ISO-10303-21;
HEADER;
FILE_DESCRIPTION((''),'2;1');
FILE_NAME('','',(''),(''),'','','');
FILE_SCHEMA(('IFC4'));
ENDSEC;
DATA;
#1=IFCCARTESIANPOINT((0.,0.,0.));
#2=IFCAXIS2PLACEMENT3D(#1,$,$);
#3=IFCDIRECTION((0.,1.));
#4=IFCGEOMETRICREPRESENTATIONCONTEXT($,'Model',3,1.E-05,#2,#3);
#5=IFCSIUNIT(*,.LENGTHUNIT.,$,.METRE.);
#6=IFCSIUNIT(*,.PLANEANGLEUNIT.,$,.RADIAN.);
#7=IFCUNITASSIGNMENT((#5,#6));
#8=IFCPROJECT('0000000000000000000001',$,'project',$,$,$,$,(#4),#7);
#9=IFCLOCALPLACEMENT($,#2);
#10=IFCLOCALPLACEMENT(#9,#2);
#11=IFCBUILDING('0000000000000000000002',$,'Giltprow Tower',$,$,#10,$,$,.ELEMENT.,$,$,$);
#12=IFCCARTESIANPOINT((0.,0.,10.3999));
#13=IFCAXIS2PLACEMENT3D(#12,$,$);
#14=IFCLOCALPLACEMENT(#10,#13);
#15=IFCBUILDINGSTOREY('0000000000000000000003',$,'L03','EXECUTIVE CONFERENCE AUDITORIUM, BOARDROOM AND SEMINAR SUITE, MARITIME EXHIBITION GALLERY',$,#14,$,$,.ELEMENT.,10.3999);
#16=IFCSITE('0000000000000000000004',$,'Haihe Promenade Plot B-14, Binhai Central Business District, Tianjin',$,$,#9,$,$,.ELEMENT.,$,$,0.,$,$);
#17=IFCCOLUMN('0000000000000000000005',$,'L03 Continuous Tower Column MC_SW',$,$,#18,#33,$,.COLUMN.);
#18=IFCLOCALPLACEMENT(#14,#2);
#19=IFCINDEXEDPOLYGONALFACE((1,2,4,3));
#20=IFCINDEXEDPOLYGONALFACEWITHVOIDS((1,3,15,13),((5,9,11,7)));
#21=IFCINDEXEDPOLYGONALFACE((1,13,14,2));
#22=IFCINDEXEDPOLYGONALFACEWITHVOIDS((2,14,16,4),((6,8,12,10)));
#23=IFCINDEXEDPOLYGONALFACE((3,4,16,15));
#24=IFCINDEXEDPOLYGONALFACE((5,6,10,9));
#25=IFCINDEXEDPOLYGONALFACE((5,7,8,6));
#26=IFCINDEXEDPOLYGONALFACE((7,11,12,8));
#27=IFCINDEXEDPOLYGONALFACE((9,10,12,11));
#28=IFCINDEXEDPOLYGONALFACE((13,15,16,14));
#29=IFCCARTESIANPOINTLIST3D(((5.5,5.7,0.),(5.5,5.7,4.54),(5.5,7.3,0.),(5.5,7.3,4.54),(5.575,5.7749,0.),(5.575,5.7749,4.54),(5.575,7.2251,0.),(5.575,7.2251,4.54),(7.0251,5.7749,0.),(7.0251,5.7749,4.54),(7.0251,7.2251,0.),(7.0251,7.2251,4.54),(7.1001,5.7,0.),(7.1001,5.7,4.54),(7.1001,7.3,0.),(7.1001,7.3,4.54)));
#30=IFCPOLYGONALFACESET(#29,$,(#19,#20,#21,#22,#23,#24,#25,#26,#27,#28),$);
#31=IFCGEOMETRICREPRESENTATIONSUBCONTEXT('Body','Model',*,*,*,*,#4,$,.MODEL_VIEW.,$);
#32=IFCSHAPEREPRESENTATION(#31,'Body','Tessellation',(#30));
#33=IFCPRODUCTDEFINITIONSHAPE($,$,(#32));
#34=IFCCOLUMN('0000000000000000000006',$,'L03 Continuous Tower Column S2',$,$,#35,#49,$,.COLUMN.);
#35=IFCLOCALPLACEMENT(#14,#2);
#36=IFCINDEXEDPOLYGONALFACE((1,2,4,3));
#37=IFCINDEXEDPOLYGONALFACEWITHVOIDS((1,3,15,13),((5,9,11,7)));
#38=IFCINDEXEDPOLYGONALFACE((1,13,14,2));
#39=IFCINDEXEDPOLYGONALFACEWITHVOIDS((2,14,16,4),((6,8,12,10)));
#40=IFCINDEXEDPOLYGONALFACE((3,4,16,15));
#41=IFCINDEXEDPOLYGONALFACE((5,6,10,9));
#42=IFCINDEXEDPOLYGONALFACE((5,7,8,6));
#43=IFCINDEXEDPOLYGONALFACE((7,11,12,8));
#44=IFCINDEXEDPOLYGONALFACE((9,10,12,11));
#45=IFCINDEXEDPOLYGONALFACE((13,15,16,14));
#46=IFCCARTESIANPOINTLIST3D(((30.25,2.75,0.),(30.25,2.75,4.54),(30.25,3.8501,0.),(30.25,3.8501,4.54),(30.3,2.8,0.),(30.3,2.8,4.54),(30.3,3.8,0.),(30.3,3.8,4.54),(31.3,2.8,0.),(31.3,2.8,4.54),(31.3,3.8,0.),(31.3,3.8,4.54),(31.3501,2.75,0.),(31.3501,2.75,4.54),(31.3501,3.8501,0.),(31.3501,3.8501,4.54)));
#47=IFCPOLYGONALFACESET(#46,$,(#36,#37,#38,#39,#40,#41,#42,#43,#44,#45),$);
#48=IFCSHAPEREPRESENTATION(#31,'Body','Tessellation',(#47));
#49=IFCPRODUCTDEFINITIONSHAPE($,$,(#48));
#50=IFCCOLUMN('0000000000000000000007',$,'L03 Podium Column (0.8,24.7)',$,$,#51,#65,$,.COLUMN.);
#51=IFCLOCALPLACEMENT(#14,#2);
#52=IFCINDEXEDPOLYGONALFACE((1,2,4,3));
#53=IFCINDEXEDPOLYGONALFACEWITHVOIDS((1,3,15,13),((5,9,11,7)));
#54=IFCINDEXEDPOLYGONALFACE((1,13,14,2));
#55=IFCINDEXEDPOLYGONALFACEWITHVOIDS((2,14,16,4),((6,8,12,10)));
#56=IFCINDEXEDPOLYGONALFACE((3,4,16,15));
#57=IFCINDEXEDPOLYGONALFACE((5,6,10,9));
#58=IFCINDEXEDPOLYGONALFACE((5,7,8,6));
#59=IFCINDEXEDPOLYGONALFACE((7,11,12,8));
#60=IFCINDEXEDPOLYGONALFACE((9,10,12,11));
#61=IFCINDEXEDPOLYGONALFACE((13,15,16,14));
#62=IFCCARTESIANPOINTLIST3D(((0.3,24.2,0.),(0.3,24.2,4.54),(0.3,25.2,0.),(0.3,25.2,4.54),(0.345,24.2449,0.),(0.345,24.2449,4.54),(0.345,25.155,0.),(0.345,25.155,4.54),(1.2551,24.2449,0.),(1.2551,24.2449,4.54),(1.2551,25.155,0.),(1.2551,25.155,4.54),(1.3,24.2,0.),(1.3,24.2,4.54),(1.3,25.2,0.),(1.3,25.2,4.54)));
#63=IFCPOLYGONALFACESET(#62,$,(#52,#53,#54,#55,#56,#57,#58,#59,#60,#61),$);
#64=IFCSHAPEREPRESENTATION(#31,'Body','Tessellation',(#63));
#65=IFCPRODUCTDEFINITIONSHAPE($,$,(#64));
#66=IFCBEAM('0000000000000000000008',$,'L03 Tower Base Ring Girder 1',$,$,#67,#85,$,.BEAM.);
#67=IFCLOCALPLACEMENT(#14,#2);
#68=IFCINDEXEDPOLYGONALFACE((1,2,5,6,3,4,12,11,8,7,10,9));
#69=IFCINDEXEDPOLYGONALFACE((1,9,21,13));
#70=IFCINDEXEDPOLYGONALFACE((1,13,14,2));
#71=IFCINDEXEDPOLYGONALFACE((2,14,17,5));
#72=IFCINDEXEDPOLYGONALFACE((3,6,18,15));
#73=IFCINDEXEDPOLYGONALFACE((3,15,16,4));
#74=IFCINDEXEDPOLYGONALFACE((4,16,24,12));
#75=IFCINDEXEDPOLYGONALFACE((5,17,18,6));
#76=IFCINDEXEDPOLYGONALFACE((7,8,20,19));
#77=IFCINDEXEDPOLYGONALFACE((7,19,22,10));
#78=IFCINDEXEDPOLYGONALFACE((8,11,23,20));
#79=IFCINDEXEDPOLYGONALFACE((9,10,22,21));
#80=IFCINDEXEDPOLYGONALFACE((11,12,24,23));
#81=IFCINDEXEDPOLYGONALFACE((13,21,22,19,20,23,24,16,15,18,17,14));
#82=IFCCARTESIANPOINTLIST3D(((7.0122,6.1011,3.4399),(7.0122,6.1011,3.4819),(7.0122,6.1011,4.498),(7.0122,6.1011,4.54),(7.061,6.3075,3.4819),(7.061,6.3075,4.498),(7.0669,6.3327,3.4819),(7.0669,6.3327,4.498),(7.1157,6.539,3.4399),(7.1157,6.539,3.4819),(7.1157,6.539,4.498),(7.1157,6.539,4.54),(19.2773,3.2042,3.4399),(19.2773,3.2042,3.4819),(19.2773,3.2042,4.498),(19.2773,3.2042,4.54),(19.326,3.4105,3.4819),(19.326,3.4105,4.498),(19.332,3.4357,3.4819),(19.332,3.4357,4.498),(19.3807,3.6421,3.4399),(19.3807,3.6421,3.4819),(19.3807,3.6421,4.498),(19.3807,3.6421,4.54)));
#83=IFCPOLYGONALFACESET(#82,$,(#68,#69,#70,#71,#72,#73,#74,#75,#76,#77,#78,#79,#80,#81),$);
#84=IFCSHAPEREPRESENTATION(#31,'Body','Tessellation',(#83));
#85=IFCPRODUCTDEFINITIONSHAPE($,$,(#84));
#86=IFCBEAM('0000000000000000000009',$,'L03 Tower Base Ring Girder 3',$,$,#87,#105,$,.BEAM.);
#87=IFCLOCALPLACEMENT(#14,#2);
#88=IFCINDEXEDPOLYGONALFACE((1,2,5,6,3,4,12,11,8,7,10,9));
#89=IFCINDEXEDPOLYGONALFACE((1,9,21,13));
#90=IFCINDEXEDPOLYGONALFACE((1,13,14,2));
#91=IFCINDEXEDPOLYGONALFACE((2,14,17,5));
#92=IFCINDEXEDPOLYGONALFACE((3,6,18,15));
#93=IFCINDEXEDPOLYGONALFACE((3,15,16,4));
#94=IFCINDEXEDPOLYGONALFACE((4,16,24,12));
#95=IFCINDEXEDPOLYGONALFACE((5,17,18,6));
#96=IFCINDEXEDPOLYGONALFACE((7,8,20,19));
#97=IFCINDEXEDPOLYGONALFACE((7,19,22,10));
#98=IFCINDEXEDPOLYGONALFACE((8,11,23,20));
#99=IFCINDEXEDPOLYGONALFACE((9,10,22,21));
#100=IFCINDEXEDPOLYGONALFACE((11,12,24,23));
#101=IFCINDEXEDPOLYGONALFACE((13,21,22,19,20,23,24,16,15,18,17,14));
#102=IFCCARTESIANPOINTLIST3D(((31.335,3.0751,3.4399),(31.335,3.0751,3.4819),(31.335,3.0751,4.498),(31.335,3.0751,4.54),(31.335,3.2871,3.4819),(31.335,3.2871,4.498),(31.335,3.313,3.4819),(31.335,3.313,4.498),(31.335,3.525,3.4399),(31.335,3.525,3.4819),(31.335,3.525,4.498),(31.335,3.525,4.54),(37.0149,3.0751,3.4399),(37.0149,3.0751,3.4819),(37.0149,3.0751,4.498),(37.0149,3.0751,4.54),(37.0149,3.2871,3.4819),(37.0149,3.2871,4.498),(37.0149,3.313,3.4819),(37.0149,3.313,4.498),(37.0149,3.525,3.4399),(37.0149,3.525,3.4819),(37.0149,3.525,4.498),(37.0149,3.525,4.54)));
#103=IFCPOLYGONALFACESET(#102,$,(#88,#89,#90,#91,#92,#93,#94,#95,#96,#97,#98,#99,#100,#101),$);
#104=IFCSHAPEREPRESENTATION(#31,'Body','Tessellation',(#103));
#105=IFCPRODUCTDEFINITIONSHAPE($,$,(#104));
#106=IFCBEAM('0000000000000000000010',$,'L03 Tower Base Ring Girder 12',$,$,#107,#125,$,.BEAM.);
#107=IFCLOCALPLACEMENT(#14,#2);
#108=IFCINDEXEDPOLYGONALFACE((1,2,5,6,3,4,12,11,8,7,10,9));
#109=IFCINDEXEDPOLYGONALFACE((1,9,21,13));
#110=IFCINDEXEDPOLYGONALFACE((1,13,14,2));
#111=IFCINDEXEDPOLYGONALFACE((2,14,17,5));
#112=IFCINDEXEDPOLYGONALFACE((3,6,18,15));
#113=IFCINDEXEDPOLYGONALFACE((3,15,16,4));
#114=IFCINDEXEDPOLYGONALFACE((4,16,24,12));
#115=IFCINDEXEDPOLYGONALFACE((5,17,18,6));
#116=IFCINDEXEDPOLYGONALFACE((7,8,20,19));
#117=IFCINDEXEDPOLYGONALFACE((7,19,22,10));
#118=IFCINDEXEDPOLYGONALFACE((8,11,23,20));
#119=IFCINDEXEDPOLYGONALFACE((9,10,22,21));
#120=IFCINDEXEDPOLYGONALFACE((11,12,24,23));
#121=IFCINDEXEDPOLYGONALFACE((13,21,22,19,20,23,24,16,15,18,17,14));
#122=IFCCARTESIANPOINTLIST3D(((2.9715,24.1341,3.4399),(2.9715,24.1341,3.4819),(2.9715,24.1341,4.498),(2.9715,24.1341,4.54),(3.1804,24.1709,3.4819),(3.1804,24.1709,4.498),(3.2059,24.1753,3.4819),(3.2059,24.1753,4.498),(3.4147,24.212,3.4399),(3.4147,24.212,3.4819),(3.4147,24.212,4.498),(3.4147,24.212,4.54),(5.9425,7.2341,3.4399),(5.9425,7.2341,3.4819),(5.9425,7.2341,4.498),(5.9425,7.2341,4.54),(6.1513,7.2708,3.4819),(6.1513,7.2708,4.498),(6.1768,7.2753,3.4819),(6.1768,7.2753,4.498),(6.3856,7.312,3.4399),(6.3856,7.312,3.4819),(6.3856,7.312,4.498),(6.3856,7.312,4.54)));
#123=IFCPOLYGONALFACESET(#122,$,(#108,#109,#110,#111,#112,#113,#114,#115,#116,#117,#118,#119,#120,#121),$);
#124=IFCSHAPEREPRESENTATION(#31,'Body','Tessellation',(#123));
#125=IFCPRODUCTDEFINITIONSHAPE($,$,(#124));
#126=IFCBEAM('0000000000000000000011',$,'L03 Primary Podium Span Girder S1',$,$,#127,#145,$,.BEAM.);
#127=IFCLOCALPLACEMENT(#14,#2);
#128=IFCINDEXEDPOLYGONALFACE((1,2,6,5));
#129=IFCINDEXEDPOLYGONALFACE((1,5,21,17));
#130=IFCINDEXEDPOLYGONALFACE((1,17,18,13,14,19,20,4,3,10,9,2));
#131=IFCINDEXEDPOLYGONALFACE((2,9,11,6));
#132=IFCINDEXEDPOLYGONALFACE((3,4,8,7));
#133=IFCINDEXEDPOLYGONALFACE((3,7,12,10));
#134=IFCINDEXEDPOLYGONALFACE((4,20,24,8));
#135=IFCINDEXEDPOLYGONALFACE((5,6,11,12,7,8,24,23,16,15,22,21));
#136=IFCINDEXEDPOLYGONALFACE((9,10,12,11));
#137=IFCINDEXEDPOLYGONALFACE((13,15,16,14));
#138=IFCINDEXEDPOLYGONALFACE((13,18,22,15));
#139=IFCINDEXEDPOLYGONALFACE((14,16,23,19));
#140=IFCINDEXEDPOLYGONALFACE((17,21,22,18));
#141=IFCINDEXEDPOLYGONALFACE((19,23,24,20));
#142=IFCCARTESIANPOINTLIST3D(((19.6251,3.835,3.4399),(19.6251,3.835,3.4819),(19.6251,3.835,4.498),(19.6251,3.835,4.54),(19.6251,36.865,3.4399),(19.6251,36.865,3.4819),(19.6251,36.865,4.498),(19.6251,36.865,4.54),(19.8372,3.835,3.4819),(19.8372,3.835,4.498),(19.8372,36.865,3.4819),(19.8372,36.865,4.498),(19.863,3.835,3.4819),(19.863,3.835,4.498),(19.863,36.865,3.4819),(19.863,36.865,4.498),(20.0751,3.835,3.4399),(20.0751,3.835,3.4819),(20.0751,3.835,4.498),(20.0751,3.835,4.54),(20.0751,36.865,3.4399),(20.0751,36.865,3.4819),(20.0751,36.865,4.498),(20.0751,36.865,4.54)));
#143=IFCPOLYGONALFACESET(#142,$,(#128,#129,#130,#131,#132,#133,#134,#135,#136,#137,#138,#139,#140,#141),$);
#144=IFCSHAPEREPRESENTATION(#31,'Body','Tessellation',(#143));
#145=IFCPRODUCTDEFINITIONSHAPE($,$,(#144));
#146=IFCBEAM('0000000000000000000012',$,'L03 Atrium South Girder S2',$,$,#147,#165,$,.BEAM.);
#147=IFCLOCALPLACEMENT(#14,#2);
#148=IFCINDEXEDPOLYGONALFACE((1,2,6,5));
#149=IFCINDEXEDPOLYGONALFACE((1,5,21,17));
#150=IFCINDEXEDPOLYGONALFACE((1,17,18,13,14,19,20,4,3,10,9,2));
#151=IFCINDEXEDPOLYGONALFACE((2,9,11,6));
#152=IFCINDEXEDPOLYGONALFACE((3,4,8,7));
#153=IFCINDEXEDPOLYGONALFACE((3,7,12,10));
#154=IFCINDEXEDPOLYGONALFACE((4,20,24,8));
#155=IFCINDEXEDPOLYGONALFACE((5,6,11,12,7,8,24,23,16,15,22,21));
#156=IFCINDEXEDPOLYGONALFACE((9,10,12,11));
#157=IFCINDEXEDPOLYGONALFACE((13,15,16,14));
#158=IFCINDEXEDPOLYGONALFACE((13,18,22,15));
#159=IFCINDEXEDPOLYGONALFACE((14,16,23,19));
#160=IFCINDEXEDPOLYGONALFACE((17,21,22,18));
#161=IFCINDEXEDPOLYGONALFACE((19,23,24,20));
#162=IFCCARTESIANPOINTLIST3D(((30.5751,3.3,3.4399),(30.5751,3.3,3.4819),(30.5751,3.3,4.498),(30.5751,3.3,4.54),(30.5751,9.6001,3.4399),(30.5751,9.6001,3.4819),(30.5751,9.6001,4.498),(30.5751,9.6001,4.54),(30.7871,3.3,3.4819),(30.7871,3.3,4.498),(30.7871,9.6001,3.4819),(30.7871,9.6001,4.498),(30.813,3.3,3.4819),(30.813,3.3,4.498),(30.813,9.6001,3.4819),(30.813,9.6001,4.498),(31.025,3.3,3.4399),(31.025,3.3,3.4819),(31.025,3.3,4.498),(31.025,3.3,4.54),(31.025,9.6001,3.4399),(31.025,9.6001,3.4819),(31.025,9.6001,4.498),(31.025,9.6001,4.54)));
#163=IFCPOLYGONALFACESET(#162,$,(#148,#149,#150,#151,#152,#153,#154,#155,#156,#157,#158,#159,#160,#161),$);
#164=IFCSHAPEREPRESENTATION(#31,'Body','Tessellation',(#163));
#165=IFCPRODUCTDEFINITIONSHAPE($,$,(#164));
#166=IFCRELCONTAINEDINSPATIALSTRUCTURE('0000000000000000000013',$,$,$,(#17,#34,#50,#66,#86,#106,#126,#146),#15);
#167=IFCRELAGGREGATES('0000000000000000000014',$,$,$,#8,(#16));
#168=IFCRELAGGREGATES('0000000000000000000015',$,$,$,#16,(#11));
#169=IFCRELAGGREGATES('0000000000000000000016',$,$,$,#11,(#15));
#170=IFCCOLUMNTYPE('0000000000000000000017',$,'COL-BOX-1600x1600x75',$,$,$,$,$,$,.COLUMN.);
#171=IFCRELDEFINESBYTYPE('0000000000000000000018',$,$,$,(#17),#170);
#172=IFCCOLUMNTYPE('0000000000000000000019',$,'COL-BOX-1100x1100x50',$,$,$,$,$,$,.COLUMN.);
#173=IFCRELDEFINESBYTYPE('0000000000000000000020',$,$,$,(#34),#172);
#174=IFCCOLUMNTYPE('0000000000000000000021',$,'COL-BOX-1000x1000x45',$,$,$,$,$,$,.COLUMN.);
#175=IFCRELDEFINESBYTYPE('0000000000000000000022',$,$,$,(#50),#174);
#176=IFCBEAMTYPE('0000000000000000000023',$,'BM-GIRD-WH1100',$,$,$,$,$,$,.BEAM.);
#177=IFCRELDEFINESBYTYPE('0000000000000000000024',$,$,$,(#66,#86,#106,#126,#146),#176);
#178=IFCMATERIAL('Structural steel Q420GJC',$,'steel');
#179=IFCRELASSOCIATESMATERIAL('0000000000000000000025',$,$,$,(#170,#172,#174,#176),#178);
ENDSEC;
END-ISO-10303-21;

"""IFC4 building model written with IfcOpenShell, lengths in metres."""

from ifc_helpers import new_model, si_unit, direction, frame, origin, origin_2d, place, context, subcontext, project, spatial, hollow_rectangle, i_section, extrude, source, transform, mapped, material, material_profile, profile_set, type_object, element, save


model = new_model("IFC4")

# Units and contexts
model_context = context("Model", 3, precision=1e-05, world=origin(), true_north=direction((0.0, 1.0)))
body_context = subcontext(model_context, "Body", "Model", "MODEL_VIEW")
ifc_project = project(units=[si_unit("LENGTHUNIT", "METRE"), si_unit("PLANEANGLEUNIT", "RADIAN")], contexts=[model_context])

# Site, building, storey
site_placement = place(None, origin())
site = spatial("IfcSite", under=ifc_project, at=site_placement, Name="Haihe Promenade Plot B-14, Binhai Central Business District, Tianjin", CompositionType="ELEMENT", RefElevation=0.0)
building_placement = place(site_placement, origin())
building = spatial("IfcBuilding", under=site, at=building_placement, Name="Giltprow Tower", CompositionType="ELEMENT")
storey_placement = place(building_placement, frame((0.0, 0.0, 10.3999)))
storey = spatial("IfcBuildingStorey", under=building, at=storey_placement, Name="L03", Description="EXECUTIVE CONFERENCE AUDITORIUM, BOARDROOM AND SEMINAR SUITE, MARITIME EXHIBITION GALLERY", CompositionType="ELEMENT", Elevation=10.3999)

# Columns
ifc_material_1 = material(Name="Structural steel Q420GJC", Category="steel")
ifc_material_profile_1 = material_profile(ifc_material_1, hollow_rectangle(XDim=1.6001, YDim=1.6001, WallThickness=0.075, at=origin_2d()), Name="BOX 1600x1600x75")
ifc_profile_set_1 = profile_set([ifc_material_profile_1], Name="Structural steel Q420GJC")
column_type_1 = type_object("IfcColumnType", Name="COL-BOX-1600x1600x75", PredefinedType="COLUMN", material=ifc_profile_set_1)
shared_shape_1 = source(origin(), body_context, "Body", "SweptSolid", [
    extrude(hollow_rectangle(XDim=1.6001, YDim=1.6001, WallThickness=0.075, at=origin_2d()), origin(), (0.0, 0.0, 1.0), 4.54),
])
column_1_placement = place(storey_placement, frame((6.3, 6.5, 0.0), z_axis=(0.0, 0.0, 1.0), x_axis=(1.0, 0.0, 0.0)))
element("IfcColumn", 1, at=column_1_placement, inside=storey, type_object=column_type_1, Name="L03 Continuous Tower Column MC_SW", PredefinedType="COLUMN", context=body_context, shape_type="MappedRepresentation", body=[
    mapped(shared_shape_1, transform((0.0, 0.0, 0.0), x_axis=(1.0, 0.0, 0.0), y_axis=(0.0, 1.0, 0.0), z_axis=(0.0, 0.0, 1.0), scale=1.0)),
])
ifc_material_profile_2 = material_profile(ifc_material_1, hollow_rectangle(XDim=1.1001, YDim=1.1001, WallThickness=0.05, at=origin_2d()), Name="BOX 1100x1100x50")
ifc_profile_set_2 = profile_set([ifc_material_profile_2], Name="Structural steel Q420GJC")
column_type_2 = type_object("IfcColumnType", Name="COL-BOX-1100x1100x50", PredefinedType="COLUMN", material=ifc_profile_set_2)
shared_shape_2 = source(origin(), body_context, "Body", "SweptSolid", [
    extrude(hollow_rectangle(XDim=1.1001, YDim=1.1001, WallThickness=0.05, at=origin_2d()), origin(), (0.0, 0.0, 1.0), 4.54),
])
column_2_placement = place(storey_placement, frame((30.8, 3.3, 0.0), z_axis=(0.0, 0.0, 1.0), x_axis=(1.0, 0.0, 0.0)))
element("IfcColumn", 2, at=column_2_placement, inside=storey, type_object=column_type_2, Name="L03 Continuous Tower Column S2", PredefinedType="COLUMN", context=body_context, shape_type="MappedRepresentation", body=[
    mapped(shared_shape_2, transform((0.0, 0.0, 0.0), x_axis=(1.0, 0.0, 0.0), y_axis=(0.0, 1.0, 0.0), z_axis=(0.0, 0.0, 1.0), scale=1.0)),
])
ifc_material_profile_3 = material_profile(ifc_material_1, hollow_rectangle(XDim=1.0, YDim=1.0, WallThickness=0.0449, at=origin_2d()), Name="BOX 1000x1000x45")
ifc_profile_set_3 = profile_set([ifc_material_profile_3], Name="Structural steel Q420GJC")
column_type_3 = type_object("IfcColumnType", Name="COL-BOX-1000x1000x45", PredefinedType="COLUMN", material=ifc_profile_set_3)
shared_shape_3 = source(origin(), body_context, "Body", "SweptSolid", [
    extrude(hollow_rectangle(XDim=1.0, YDim=1.0, WallThickness=0.0449, at=origin_2d()), origin(), (0.0, 0.0, 1.0), 4.54),
])
column_3_placement = place(storey_placement, frame((0.8, 24.7, 0.0), z_axis=(0.0, 0.0, 1.0), x_axis=(1.0, 0.0, 0.0)))
element("IfcColumn", 3, at=column_3_placement, inside=storey, type_object=column_type_3, Name="L03 Podium Column (0.8,24.7)", PredefinedType="COLUMN", context=body_context, shape_type="MappedRepresentation", body=[
    mapped(shared_shape_3, transform((0.0, 0.0, 0.0), x_axis=(1.0, 0.0, 0.0), y_axis=(0.0, 1.0, 0.0), z_axis=(0.0, 0.0, 1.0), scale=1.0)),
])

# Beams
ifc_material_profile_4 = material_profile(ifc_material_1, i_section(OverallWidth=0.45, OverallDepth=1.1001, WebThickness=0.0259, FlangeThickness=0.042, at=origin_2d()), Name="WH 1100x450x26x42")
ifc_profile_set_4 = profile_set([ifc_material_profile_4], Name="Structural steel Q420GJC")
beam_type_1 = type_object("IfcBeamType", Name="BM-GIRD-WH1100", PredefinedType="BEAM", material=ifc_profile_set_4)
shared_shape_4 = source(origin(), body_context, "Body", "SweptSolid", [
    extrude(i_section(OverallWidth=0.45, OverallDepth=1.1001, WebThickness=0.0259, FlangeThickness=0.042, at=origin_2d()), origin(), (0.0, 0.0, 1.0), 12.6025),
])
beam_1_placement = place(storey_placement, frame((7.064, 6.3201, 3.99), z_axis=(0.973221, -0.229871, 0.0), x_axis=(0.229871, 0.973221, 0.0)))
element("IfcBeam", 4, at=beam_1_placement, inside=storey, type_object=beam_type_1, Name="L03 Tower Base Ring Girder 1", PredefinedType="BEAM", context=body_context, shape_type="MappedRepresentation", body=[
    mapped(shared_shape_4, transform((0.0, 0.0, 0.0), x_axis=(1.0, 0.0, 0.0), y_axis=(0.0, 1.0, 0.0), z_axis=(0.0, 0.0, 1.0), scale=1.0)),
])
shared_shape_5 = source(origin(), body_context, "Body", "SweptSolid", [
    extrude(i_section(OverallWidth=0.45, OverallDepth=1.1001, WebThickness=0.0259, FlangeThickness=0.042, at=origin_2d()), origin(), (0.0, 0.0, 1.0), 5.6799),
])
beam_2_placement = place(storey_placement, frame((31.335, 3.3, 3.99), z_axis=(1.0, 0.0, 0.0), x_axis=(0.0, 1.0, 0.0)))
element("IfcBeam", 5, at=beam_2_placement, inside=storey, type_object=beam_type_1, Name="L03 Tower Base Ring Girder 3", PredefinedType="BEAM", context=body_context, shape_type="MappedRepresentation", body=[
    mapped(shared_shape_5, transform((0.0, 0.0, 0.0), x_axis=(1.0, 0.0, 0.0), y_axis=(0.0, 1.0, 0.0), z_axis=(0.0, 0.0, 1.0), scale=1.0)),
])
shared_shape_6 = source(origin(), body_context, "Body", "SweptSolid", [
    extrude(i_section(OverallWidth=0.45, OverallDepth=1.1001, WebThickness=0.0259, FlangeThickness=0.042, at=origin_2d()), origin(), (0.0, 0.0, 1.0), 17.1592),
])
beam_3_placement = place(storey_placement, frame((3.1931, 24.1731, 3.99), z_axis=(0.173139, -0.984897, 0.0), x_axis=(0.984897, 0.173139, 0.0)))
element("IfcBeam", 6, at=beam_3_placement, inside=storey, type_object=beam_type_1, Name="L03 Tower Base Ring Girder 12", PredefinedType="BEAM", context=body_context, shape_type="MappedRepresentation", body=[
    mapped(shared_shape_6, transform((0.0, 0.0, 0.0), x_axis=(1.0, 0.0, 0.0), y_axis=(0.0, 1.0, 0.0), z_axis=(0.0, 0.0, 1.0), scale=1.0)),
])
shared_shape_7 = source(origin(), body_context, "Body", "SweptSolid", [
    extrude(i_section(OverallWidth=0.45, OverallDepth=1.1001, WebThickness=0.0259, FlangeThickness=0.042, at=origin_2d()), origin(), (0.0, 0.0, 1.0), 33.03),
])
beam_4_placement = place(storey_placement, frame((19.8501, 3.835, 3.99), z_axis=(0.0, 1.0, 0.0), x_axis=(-1.0, 0.0, 0.0)))
element("IfcBeam", 7, at=beam_4_placement, inside=storey, type_object=beam_type_1, Name="L03 Primary Podium Span Girder S1", PredefinedType="BEAM", context=body_context, shape_type="MappedRepresentation", body=[
    mapped(shared_shape_7, transform((0.0, 0.0, 0.0), x_axis=(1.0, 0.0, 0.0), y_axis=(0.0, 1.0, 0.0), z_axis=(0.0, 0.0, 1.0), scale=1.0)),
])
shared_shape_8 = source(origin(), body_context, "Body", "SweptSolid", [
    extrude(i_section(OverallWidth=0.45, OverallDepth=1.1001, WebThickness=0.0259, FlangeThickness=0.042, at=origin_2d()), origin(), (0.0, 0.0, 1.0), 6.3),
])
beam_5_placement = place(storey_placement, frame((30.8, 3.3, 3.99), z_axis=(0.0, 1.0, 0.0), x_axis=(-1.0, 0.0, 0.0)))
element("IfcBeam", 8, at=beam_5_placement, inside=storey, type_object=beam_type_1, Name="L03 Atrium South Girder S2", PredefinedType="BEAM", context=body_context, shape_type="MappedRepresentation", body=[
    mapped(shared_shape_8, transform((0.0, 0.0, 0.0), x_axis=(1.0, 0.0, 0.0), y_axis=(0.0, 1.0, 0.0), z_axis=(0.0, 0.0, 1.0), scale=1.0)),
])

save(model, "model.ifc")
